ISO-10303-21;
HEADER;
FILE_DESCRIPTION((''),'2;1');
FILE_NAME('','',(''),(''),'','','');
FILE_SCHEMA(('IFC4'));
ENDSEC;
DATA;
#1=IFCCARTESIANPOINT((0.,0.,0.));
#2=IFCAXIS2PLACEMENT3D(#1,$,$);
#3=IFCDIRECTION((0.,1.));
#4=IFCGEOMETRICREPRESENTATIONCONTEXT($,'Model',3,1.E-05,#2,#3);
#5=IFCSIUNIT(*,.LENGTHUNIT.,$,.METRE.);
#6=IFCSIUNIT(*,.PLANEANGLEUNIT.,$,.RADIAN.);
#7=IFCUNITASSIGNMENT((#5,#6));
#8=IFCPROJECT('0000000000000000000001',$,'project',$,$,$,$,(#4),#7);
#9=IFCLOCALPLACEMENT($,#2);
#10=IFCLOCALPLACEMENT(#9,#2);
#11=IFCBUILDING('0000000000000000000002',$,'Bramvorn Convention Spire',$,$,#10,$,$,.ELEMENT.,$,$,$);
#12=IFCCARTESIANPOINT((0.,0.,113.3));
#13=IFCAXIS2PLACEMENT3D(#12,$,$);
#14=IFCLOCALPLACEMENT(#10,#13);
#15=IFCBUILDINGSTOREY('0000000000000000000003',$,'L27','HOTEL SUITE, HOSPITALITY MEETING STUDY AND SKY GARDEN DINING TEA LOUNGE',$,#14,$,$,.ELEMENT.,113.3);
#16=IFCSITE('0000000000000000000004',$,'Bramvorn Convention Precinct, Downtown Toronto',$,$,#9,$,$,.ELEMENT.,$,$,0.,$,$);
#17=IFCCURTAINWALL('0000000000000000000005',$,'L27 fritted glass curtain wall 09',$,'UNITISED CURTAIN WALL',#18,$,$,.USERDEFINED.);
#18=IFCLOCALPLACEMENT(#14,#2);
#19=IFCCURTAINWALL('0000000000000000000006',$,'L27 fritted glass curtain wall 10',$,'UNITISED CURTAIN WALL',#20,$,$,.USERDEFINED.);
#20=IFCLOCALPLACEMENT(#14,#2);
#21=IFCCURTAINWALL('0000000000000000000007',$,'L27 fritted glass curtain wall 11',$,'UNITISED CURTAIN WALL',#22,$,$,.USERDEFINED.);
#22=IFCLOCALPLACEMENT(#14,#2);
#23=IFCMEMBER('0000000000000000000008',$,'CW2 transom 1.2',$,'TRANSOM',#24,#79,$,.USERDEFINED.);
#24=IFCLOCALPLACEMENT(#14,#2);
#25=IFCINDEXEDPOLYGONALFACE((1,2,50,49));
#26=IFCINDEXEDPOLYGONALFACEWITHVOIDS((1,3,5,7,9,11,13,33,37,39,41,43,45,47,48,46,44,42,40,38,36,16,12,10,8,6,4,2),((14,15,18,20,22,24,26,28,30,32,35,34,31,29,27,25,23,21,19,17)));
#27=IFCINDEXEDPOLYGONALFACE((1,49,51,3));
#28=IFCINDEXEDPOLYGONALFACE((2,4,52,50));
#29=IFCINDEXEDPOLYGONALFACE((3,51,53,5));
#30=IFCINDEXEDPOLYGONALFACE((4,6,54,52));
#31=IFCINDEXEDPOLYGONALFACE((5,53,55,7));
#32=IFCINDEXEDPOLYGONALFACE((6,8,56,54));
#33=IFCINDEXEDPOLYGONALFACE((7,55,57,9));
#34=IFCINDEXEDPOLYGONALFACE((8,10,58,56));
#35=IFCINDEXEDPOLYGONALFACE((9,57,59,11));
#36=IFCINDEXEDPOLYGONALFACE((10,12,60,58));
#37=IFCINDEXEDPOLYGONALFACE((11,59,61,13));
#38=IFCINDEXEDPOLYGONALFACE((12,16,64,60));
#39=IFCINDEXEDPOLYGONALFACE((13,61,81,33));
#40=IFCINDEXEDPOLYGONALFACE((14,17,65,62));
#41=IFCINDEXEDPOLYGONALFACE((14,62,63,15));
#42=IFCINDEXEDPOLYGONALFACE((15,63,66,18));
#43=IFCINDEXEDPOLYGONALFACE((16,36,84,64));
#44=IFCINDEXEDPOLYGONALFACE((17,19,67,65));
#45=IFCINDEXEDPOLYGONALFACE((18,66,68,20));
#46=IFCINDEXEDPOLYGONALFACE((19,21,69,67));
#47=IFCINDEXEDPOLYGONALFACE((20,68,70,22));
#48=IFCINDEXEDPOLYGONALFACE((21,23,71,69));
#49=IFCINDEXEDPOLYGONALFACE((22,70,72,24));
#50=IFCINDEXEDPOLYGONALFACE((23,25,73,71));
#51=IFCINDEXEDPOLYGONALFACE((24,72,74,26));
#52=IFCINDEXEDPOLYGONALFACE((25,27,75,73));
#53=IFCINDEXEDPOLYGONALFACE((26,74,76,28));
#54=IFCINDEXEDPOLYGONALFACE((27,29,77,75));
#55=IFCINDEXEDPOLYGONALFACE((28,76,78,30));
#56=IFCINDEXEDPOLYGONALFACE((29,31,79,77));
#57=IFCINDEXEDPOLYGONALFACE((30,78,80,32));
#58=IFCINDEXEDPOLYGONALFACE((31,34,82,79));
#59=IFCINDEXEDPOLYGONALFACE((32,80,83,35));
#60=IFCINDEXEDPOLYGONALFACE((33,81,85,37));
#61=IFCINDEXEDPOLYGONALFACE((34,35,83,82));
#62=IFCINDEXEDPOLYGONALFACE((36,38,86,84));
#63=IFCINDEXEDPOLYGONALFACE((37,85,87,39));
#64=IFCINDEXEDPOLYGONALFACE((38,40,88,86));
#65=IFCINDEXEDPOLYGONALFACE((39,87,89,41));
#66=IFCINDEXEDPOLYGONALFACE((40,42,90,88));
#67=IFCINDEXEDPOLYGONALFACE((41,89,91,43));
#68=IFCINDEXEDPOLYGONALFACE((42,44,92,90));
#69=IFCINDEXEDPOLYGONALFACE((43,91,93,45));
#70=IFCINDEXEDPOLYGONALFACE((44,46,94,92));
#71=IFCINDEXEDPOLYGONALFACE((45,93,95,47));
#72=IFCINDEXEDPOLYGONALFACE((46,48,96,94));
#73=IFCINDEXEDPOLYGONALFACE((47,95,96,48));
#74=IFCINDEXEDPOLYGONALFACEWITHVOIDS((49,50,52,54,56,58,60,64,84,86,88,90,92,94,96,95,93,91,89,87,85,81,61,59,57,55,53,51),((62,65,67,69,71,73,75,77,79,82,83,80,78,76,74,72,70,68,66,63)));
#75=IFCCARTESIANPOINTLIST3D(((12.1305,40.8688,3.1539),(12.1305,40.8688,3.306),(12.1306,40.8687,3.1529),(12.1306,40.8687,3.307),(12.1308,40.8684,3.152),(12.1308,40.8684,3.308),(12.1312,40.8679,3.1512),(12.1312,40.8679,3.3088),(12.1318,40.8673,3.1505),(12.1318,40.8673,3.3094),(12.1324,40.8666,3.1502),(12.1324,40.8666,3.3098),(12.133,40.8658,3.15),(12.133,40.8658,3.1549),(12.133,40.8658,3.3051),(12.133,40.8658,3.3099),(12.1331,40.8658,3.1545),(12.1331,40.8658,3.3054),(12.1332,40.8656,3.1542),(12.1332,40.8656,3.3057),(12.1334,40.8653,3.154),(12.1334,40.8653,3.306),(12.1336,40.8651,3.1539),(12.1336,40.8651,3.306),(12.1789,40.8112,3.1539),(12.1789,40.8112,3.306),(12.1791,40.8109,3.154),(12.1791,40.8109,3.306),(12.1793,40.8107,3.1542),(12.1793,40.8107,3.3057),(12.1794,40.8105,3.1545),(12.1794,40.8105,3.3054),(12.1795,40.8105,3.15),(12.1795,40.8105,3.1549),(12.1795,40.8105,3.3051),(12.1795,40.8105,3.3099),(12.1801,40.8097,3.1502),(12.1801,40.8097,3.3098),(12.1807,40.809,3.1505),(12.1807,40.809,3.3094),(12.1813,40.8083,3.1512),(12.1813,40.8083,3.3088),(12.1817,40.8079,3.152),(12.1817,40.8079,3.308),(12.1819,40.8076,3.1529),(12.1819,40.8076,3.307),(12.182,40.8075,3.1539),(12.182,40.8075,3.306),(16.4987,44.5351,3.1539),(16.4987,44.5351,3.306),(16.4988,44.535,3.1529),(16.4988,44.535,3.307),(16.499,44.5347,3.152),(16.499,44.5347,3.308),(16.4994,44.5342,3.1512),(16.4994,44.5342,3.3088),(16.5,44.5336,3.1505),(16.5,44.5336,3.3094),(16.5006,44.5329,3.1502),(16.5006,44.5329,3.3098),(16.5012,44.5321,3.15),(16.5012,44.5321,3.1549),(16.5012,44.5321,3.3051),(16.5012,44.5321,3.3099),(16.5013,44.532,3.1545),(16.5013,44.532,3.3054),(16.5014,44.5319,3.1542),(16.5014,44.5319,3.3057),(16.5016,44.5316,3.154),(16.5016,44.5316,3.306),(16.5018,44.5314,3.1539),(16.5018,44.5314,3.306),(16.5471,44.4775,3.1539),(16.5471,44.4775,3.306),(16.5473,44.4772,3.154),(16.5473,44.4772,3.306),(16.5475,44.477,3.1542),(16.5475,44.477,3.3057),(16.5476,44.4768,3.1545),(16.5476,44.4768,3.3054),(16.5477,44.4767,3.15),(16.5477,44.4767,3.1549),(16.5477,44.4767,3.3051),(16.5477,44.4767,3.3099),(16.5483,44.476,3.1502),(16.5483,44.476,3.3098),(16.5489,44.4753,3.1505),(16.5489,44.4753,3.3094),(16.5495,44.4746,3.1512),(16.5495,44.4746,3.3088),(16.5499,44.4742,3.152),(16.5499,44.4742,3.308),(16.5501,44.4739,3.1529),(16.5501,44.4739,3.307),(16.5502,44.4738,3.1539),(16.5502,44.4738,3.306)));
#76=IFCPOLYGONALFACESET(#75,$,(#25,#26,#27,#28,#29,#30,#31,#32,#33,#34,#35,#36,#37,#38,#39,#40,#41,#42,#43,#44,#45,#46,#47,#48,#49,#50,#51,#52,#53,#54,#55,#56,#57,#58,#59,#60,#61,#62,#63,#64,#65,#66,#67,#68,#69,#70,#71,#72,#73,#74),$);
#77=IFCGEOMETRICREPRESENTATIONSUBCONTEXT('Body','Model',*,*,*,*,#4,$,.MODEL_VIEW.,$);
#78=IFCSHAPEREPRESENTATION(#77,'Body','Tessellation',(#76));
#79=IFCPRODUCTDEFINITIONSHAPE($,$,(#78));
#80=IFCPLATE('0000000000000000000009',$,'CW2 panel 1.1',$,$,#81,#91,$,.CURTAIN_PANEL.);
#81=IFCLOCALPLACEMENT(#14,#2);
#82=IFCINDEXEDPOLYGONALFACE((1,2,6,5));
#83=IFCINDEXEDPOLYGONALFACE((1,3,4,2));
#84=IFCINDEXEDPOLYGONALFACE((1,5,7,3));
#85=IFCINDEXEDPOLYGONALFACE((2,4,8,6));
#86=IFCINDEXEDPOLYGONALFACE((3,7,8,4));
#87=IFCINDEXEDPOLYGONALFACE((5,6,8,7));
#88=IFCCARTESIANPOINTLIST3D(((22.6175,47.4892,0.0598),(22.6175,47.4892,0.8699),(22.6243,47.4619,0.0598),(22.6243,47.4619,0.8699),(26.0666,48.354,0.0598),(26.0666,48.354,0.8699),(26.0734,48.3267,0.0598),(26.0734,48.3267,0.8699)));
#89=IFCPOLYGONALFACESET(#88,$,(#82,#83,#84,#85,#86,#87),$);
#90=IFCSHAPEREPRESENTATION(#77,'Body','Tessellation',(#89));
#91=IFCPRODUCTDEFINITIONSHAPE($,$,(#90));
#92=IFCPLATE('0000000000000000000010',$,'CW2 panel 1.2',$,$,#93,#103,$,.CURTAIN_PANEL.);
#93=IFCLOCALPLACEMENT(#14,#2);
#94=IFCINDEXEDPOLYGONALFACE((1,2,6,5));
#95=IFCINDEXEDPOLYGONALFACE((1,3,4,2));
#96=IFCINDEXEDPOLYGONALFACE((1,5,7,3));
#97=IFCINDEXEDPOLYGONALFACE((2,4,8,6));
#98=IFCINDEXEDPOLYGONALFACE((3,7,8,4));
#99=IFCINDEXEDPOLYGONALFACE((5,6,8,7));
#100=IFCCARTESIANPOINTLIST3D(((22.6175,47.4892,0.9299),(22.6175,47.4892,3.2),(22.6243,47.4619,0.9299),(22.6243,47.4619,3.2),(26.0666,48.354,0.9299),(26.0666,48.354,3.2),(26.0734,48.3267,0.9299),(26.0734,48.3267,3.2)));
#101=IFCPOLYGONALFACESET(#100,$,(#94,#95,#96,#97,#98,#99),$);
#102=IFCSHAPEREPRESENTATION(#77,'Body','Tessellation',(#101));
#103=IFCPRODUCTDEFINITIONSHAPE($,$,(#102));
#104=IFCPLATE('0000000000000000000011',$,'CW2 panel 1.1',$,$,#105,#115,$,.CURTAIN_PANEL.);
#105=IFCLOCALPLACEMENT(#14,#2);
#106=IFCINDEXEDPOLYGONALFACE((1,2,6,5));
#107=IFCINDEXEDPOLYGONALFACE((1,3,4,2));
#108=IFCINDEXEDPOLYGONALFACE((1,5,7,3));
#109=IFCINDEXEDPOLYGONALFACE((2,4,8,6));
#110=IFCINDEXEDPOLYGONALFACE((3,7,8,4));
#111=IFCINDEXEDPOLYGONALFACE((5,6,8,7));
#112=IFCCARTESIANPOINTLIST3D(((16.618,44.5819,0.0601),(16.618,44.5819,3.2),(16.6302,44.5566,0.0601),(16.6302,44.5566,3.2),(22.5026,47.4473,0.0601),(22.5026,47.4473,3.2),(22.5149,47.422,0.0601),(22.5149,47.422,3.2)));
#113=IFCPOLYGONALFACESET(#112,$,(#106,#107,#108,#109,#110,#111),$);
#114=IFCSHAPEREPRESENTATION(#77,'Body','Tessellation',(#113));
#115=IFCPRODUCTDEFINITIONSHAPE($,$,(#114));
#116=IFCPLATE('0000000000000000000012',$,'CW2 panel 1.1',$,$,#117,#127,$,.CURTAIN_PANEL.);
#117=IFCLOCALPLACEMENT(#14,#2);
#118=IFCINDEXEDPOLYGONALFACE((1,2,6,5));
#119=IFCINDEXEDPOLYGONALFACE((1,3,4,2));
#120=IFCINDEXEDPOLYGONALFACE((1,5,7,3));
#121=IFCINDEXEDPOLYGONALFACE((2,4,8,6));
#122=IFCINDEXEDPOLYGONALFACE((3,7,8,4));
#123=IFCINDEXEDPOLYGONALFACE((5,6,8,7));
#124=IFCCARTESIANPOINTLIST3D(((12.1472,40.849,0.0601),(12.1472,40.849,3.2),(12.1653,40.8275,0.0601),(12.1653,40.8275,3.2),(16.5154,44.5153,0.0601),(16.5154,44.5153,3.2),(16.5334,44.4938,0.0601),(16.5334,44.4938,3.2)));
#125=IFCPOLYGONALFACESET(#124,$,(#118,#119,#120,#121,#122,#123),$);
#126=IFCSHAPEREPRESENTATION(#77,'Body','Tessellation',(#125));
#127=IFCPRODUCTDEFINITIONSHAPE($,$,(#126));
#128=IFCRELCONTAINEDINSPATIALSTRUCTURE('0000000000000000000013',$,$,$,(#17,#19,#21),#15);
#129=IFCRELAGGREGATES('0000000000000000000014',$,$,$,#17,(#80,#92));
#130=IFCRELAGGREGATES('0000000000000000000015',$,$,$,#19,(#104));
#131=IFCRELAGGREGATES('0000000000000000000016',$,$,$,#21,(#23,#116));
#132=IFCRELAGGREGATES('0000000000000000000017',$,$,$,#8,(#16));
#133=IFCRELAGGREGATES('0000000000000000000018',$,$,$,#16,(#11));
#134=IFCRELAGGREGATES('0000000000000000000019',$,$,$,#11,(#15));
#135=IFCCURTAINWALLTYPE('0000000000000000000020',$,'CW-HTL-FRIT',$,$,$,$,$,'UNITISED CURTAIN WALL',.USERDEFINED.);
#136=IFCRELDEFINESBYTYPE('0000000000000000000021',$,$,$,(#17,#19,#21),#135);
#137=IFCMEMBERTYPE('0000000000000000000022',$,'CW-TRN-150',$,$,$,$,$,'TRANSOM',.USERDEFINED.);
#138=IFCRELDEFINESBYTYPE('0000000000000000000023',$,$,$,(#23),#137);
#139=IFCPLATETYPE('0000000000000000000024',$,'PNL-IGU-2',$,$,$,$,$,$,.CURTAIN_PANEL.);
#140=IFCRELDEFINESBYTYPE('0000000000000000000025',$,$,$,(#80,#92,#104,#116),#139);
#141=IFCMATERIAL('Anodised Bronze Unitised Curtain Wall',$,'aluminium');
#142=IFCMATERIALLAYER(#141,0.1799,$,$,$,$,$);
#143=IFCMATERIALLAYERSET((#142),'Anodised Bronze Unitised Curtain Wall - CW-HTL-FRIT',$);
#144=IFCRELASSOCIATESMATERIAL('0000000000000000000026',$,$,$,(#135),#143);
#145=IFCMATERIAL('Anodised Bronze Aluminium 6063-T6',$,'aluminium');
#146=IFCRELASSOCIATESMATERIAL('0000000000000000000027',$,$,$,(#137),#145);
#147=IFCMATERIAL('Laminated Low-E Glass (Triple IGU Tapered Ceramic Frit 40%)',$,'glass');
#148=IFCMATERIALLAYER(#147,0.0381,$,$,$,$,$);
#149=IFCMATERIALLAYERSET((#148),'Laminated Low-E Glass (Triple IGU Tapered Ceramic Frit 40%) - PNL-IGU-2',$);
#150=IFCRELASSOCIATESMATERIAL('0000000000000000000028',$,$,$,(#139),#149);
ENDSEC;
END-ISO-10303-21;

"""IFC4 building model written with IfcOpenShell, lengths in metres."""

from ifc_helpers import new_model, si_unit, direction, frame, origin, origin_2d, place, context, subcontext, project, spatial, rectangle, hollow_rectangle, extrude, material, layer, layer_set, material_profile, profile_set, type_object, element, aggregate, save


model = new_model("IFC4")

# Units and contexts
model_context = context("Model", 3, precision=1e-05, world=origin(), true_north=direction((0.0, 1.0)))
body_context = subcontext(model_context, "Body", "Model", "MODEL_VIEW")
ifc_project = project(units=[si_unit("LENGTHUNIT", "METRE"), si_unit("PLANEANGLEUNIT", "RADIAN")], contexts=[model_context])

# Site, building, storey
site_placement = place(None, origin())
site = spatial("IfcSite", under=ifc_project, at=site_placement, Name="Bramvorn Convention Precinct, Downtown Toronto", CompositionType="ELEMENT", RefElevation=0.0)
building_placement = place(site_placement, origin())
building = spatial("IfcBuilding", under=site, at=building_placement, Name="Bramvorn Convention Spire", CompositionType="ELEMENT")
storey_placement = place(building_placement, frame((0.0, 0.0, 113.3)))
storey = spatial("IfcBuildingStorey", under=building, at=storey_placement, Name="L27", Description="HOTEL SUITE, HOSPITALITY MEETING STUDY AND SKY GARDEN DINING TEA LOUNGE", CompositionType="ELEMENT", Elevation=113.3)

# Curtain wall
ifc_material_1 = material(Name="Anodised Bronze Unitised Curtain Wall", Category="aluminium")
ifc_layer_1 = layer(ifc_material_1, 0.1799)
ifc_layer_set_1 = layer_set([ifc_layer_1], Name="Anodised Bronze Unitised Curtain Wall - CW-HTL-FRIT")
curtain_wall_type = type_object("IfcCurtainWallType", Name="CW-HTL-FRIT", ElementType="UNITISED CURTAIN WALL", PredefinedType="USERDEFINED", material=ifc_layer_set_1)
curtain_wall_1_placement = place(storey_placement, origin())
curtain_wall_1 = element("IfcCurtainWall", 1, at=curtain_wall_1_placement, inside=storey, type_object=curtain_wall_type, Name="L27 fritted glass curtain wall 09", ObjectType="UNITISED CURTAIN WALL", PredefinedType="USERDEFINED")
ifc_material_2 = material(Name="Anodised Bronze Aluminium 6063-T6", Category="aluminium")

# Curtain walls
curtain_wall_2_placement = place(storey_placement, origin())
curtain_wall_2 = element("IfcCurtainWall", 2, at=curtain_wall_2_placement, inside=storey, type_object=curtain_wall_type, Name="L27 fritted glass curtain wall 10", ObjectType="UNITISED CURTAIN WALL", PredefinedType="USERDEFINED")
curtain_wall_3_placement = place(storey_placement, origin())
curtain_wall_3 = element("IfcCurtainWall", 3, at=curtain_wall_3_placement, inside=storey, type_object=curtain_wall_type, Name="L27 fritted glass curtain wall 11", ObjectType="UNITISED CURTAIN WALL", PredefinedType="USERDEFINED")

# Member
ifc_material_profile_1 = material_profile(ifc_material_2, hollow_rectangle(XDim=0.0801, YDim=0.1599, WallThickness=0.0039, InnerFilletRadius=0.001, OuterFilletRadius=0.0039, at=origin_2d()))
ifc_profile_set_1 = profile_set([ifc_material_profile_1], Name="Anodised Bronze Aluminium 6063-T6 - CWT80X160")
member_type_1 = type_object("IfcMemberType", Name="CW-TRN-150", ElementType="TRANSOM", PredefinedType="USERDEFINED", material=ifc_profile_set_1)
member_1_placement = place(storey_placement, frame((12.1562, 40.8381, 3.23), z_axis=(0.765964, 0.642884, 0.0), x_axis=(-0.642884, 0.765964, 0.0)))
member_1 = element("IfcMember", 4, at=member_1_placement, type_object=member_type_1, Name="CW2 transom 1.2", ObjectType="TRANSOM", PredefinedType="USERDEFINED", context=body_context, shape_type="SweptSolid", body=[
    extrude(hollow_rectangle(XDim=0.0801, YDim=0.1599, WallThickness=0.0039, InnerFilletRadius=0.001, OuterFilletRadius=0.0039, at=origin_2d()), origin(), (0.0, 0.0, 1.0), 5.7029),
])

# Plates
ifc_material_3 = material(Name="Laminated Low-E Glass (Triple IGU Tapered Ceramic Frit 40%)", Category="glass")
ifc_layer_2 = layer(ifc_material_3, 0.0381)
ifc_layer_set_2 = layer_set([ifc_layer_2], Name="Laminated Low-E Glass (Triple IGU Tapered Ceramic Frit 40%) - PNL-IGU-2")
plate_type = type_object("IfcPlateType", Name="PNL-IGU-2", PredefinedType="CURTAIN_PANEL", material=ifc_layer_set_2)
plate_1_placement = place(storey_placement, frame((24.3455, 47.908, 0.0598), z_axis=(0.0, 0.0, 1.0), x_axis=(0.969975, 0.243204, 0.0)))
plate_1 = element("IfcPlate", 5, at=plate_1_placement, type_object=plate_type, Name="CW2 panel 1.1", PredefinedType="CURTAIN_PANEL", context=body_context, shape_type="SweptSolid", body=[
    extrude(rectangle(XDim=3.5559, YDim=0.0281, at=origin_2d()), origin(), (0.0, 0.0, 1.0), 0.8101),
])
plate_2_placement = place(storey_placement, frame((24.3455, 47.908, 0.9299), z_axis=(0.0, 0.0, 1.0), x_axis=(0.969975, 0.243204, 0.0)))
plate_2 = element("IfcPlate", 6, at=plate_2_placement, type_object=plate_type, Name="CW2 panel 1.2", PredefinedType="CURTAIN_PANEL", context=body_context, shape_type="SweptSolid", body=[
    extrude(rectangle(XDim=3.5559, YDim=0.0281, at=origin_2d()), origin(), (0.0, 0.0, 1.0), 2.27),
])
aggregate(curtain_wall_1, [plate_1, plate_2])
plate_3_placement = place(storey_placement, frame((19.5664, 46.002, 0.0601), z_axis=(0.0, 0.0, 1.0), x_axis=(0.899077, 0.437791, 0.0)))
plate_3 = element("IfcPlate", 7, at=plate_3_placement, type_object=plate_type, Name="CW2 panel 1.1", PredefinedType="CURTAIN_PANEL", context=body_context, shape_type="SweptSolid", body=[
    extrude(rectangle(XDim=6.5452, YDim=0.0281, at=origin_2d()), origin(), (0.0, 0.0, 1.0), 3.1399),
])
aggregate(curtain_wall_2, [plate_3])
plate_4_placement = place(storey_placement, frame((14.3403, 42.6714, 0.0601), z_axis=(0.0, 0.0, 1.0), x_axis=(0.765959, 0.64289, 0.0)))
plate_4 = element("IfcPlate", 8, at=plate_4_placement, type_object=plate_type, Name="CW2 panel 1.1", PredefinedType="CURTAIN_PANEL", context=body_context, shape_type="SweptSolid", body=[
    extrude(rectangle(XDim=5.7029, YDim=0.0281, at=origin_2d()), origin(), (0.0, 0.0, 1.0), 3.1399),
])
aggregate(curtain_wall_3, [member_1, plate_4])

save(model, "model.ifc")
